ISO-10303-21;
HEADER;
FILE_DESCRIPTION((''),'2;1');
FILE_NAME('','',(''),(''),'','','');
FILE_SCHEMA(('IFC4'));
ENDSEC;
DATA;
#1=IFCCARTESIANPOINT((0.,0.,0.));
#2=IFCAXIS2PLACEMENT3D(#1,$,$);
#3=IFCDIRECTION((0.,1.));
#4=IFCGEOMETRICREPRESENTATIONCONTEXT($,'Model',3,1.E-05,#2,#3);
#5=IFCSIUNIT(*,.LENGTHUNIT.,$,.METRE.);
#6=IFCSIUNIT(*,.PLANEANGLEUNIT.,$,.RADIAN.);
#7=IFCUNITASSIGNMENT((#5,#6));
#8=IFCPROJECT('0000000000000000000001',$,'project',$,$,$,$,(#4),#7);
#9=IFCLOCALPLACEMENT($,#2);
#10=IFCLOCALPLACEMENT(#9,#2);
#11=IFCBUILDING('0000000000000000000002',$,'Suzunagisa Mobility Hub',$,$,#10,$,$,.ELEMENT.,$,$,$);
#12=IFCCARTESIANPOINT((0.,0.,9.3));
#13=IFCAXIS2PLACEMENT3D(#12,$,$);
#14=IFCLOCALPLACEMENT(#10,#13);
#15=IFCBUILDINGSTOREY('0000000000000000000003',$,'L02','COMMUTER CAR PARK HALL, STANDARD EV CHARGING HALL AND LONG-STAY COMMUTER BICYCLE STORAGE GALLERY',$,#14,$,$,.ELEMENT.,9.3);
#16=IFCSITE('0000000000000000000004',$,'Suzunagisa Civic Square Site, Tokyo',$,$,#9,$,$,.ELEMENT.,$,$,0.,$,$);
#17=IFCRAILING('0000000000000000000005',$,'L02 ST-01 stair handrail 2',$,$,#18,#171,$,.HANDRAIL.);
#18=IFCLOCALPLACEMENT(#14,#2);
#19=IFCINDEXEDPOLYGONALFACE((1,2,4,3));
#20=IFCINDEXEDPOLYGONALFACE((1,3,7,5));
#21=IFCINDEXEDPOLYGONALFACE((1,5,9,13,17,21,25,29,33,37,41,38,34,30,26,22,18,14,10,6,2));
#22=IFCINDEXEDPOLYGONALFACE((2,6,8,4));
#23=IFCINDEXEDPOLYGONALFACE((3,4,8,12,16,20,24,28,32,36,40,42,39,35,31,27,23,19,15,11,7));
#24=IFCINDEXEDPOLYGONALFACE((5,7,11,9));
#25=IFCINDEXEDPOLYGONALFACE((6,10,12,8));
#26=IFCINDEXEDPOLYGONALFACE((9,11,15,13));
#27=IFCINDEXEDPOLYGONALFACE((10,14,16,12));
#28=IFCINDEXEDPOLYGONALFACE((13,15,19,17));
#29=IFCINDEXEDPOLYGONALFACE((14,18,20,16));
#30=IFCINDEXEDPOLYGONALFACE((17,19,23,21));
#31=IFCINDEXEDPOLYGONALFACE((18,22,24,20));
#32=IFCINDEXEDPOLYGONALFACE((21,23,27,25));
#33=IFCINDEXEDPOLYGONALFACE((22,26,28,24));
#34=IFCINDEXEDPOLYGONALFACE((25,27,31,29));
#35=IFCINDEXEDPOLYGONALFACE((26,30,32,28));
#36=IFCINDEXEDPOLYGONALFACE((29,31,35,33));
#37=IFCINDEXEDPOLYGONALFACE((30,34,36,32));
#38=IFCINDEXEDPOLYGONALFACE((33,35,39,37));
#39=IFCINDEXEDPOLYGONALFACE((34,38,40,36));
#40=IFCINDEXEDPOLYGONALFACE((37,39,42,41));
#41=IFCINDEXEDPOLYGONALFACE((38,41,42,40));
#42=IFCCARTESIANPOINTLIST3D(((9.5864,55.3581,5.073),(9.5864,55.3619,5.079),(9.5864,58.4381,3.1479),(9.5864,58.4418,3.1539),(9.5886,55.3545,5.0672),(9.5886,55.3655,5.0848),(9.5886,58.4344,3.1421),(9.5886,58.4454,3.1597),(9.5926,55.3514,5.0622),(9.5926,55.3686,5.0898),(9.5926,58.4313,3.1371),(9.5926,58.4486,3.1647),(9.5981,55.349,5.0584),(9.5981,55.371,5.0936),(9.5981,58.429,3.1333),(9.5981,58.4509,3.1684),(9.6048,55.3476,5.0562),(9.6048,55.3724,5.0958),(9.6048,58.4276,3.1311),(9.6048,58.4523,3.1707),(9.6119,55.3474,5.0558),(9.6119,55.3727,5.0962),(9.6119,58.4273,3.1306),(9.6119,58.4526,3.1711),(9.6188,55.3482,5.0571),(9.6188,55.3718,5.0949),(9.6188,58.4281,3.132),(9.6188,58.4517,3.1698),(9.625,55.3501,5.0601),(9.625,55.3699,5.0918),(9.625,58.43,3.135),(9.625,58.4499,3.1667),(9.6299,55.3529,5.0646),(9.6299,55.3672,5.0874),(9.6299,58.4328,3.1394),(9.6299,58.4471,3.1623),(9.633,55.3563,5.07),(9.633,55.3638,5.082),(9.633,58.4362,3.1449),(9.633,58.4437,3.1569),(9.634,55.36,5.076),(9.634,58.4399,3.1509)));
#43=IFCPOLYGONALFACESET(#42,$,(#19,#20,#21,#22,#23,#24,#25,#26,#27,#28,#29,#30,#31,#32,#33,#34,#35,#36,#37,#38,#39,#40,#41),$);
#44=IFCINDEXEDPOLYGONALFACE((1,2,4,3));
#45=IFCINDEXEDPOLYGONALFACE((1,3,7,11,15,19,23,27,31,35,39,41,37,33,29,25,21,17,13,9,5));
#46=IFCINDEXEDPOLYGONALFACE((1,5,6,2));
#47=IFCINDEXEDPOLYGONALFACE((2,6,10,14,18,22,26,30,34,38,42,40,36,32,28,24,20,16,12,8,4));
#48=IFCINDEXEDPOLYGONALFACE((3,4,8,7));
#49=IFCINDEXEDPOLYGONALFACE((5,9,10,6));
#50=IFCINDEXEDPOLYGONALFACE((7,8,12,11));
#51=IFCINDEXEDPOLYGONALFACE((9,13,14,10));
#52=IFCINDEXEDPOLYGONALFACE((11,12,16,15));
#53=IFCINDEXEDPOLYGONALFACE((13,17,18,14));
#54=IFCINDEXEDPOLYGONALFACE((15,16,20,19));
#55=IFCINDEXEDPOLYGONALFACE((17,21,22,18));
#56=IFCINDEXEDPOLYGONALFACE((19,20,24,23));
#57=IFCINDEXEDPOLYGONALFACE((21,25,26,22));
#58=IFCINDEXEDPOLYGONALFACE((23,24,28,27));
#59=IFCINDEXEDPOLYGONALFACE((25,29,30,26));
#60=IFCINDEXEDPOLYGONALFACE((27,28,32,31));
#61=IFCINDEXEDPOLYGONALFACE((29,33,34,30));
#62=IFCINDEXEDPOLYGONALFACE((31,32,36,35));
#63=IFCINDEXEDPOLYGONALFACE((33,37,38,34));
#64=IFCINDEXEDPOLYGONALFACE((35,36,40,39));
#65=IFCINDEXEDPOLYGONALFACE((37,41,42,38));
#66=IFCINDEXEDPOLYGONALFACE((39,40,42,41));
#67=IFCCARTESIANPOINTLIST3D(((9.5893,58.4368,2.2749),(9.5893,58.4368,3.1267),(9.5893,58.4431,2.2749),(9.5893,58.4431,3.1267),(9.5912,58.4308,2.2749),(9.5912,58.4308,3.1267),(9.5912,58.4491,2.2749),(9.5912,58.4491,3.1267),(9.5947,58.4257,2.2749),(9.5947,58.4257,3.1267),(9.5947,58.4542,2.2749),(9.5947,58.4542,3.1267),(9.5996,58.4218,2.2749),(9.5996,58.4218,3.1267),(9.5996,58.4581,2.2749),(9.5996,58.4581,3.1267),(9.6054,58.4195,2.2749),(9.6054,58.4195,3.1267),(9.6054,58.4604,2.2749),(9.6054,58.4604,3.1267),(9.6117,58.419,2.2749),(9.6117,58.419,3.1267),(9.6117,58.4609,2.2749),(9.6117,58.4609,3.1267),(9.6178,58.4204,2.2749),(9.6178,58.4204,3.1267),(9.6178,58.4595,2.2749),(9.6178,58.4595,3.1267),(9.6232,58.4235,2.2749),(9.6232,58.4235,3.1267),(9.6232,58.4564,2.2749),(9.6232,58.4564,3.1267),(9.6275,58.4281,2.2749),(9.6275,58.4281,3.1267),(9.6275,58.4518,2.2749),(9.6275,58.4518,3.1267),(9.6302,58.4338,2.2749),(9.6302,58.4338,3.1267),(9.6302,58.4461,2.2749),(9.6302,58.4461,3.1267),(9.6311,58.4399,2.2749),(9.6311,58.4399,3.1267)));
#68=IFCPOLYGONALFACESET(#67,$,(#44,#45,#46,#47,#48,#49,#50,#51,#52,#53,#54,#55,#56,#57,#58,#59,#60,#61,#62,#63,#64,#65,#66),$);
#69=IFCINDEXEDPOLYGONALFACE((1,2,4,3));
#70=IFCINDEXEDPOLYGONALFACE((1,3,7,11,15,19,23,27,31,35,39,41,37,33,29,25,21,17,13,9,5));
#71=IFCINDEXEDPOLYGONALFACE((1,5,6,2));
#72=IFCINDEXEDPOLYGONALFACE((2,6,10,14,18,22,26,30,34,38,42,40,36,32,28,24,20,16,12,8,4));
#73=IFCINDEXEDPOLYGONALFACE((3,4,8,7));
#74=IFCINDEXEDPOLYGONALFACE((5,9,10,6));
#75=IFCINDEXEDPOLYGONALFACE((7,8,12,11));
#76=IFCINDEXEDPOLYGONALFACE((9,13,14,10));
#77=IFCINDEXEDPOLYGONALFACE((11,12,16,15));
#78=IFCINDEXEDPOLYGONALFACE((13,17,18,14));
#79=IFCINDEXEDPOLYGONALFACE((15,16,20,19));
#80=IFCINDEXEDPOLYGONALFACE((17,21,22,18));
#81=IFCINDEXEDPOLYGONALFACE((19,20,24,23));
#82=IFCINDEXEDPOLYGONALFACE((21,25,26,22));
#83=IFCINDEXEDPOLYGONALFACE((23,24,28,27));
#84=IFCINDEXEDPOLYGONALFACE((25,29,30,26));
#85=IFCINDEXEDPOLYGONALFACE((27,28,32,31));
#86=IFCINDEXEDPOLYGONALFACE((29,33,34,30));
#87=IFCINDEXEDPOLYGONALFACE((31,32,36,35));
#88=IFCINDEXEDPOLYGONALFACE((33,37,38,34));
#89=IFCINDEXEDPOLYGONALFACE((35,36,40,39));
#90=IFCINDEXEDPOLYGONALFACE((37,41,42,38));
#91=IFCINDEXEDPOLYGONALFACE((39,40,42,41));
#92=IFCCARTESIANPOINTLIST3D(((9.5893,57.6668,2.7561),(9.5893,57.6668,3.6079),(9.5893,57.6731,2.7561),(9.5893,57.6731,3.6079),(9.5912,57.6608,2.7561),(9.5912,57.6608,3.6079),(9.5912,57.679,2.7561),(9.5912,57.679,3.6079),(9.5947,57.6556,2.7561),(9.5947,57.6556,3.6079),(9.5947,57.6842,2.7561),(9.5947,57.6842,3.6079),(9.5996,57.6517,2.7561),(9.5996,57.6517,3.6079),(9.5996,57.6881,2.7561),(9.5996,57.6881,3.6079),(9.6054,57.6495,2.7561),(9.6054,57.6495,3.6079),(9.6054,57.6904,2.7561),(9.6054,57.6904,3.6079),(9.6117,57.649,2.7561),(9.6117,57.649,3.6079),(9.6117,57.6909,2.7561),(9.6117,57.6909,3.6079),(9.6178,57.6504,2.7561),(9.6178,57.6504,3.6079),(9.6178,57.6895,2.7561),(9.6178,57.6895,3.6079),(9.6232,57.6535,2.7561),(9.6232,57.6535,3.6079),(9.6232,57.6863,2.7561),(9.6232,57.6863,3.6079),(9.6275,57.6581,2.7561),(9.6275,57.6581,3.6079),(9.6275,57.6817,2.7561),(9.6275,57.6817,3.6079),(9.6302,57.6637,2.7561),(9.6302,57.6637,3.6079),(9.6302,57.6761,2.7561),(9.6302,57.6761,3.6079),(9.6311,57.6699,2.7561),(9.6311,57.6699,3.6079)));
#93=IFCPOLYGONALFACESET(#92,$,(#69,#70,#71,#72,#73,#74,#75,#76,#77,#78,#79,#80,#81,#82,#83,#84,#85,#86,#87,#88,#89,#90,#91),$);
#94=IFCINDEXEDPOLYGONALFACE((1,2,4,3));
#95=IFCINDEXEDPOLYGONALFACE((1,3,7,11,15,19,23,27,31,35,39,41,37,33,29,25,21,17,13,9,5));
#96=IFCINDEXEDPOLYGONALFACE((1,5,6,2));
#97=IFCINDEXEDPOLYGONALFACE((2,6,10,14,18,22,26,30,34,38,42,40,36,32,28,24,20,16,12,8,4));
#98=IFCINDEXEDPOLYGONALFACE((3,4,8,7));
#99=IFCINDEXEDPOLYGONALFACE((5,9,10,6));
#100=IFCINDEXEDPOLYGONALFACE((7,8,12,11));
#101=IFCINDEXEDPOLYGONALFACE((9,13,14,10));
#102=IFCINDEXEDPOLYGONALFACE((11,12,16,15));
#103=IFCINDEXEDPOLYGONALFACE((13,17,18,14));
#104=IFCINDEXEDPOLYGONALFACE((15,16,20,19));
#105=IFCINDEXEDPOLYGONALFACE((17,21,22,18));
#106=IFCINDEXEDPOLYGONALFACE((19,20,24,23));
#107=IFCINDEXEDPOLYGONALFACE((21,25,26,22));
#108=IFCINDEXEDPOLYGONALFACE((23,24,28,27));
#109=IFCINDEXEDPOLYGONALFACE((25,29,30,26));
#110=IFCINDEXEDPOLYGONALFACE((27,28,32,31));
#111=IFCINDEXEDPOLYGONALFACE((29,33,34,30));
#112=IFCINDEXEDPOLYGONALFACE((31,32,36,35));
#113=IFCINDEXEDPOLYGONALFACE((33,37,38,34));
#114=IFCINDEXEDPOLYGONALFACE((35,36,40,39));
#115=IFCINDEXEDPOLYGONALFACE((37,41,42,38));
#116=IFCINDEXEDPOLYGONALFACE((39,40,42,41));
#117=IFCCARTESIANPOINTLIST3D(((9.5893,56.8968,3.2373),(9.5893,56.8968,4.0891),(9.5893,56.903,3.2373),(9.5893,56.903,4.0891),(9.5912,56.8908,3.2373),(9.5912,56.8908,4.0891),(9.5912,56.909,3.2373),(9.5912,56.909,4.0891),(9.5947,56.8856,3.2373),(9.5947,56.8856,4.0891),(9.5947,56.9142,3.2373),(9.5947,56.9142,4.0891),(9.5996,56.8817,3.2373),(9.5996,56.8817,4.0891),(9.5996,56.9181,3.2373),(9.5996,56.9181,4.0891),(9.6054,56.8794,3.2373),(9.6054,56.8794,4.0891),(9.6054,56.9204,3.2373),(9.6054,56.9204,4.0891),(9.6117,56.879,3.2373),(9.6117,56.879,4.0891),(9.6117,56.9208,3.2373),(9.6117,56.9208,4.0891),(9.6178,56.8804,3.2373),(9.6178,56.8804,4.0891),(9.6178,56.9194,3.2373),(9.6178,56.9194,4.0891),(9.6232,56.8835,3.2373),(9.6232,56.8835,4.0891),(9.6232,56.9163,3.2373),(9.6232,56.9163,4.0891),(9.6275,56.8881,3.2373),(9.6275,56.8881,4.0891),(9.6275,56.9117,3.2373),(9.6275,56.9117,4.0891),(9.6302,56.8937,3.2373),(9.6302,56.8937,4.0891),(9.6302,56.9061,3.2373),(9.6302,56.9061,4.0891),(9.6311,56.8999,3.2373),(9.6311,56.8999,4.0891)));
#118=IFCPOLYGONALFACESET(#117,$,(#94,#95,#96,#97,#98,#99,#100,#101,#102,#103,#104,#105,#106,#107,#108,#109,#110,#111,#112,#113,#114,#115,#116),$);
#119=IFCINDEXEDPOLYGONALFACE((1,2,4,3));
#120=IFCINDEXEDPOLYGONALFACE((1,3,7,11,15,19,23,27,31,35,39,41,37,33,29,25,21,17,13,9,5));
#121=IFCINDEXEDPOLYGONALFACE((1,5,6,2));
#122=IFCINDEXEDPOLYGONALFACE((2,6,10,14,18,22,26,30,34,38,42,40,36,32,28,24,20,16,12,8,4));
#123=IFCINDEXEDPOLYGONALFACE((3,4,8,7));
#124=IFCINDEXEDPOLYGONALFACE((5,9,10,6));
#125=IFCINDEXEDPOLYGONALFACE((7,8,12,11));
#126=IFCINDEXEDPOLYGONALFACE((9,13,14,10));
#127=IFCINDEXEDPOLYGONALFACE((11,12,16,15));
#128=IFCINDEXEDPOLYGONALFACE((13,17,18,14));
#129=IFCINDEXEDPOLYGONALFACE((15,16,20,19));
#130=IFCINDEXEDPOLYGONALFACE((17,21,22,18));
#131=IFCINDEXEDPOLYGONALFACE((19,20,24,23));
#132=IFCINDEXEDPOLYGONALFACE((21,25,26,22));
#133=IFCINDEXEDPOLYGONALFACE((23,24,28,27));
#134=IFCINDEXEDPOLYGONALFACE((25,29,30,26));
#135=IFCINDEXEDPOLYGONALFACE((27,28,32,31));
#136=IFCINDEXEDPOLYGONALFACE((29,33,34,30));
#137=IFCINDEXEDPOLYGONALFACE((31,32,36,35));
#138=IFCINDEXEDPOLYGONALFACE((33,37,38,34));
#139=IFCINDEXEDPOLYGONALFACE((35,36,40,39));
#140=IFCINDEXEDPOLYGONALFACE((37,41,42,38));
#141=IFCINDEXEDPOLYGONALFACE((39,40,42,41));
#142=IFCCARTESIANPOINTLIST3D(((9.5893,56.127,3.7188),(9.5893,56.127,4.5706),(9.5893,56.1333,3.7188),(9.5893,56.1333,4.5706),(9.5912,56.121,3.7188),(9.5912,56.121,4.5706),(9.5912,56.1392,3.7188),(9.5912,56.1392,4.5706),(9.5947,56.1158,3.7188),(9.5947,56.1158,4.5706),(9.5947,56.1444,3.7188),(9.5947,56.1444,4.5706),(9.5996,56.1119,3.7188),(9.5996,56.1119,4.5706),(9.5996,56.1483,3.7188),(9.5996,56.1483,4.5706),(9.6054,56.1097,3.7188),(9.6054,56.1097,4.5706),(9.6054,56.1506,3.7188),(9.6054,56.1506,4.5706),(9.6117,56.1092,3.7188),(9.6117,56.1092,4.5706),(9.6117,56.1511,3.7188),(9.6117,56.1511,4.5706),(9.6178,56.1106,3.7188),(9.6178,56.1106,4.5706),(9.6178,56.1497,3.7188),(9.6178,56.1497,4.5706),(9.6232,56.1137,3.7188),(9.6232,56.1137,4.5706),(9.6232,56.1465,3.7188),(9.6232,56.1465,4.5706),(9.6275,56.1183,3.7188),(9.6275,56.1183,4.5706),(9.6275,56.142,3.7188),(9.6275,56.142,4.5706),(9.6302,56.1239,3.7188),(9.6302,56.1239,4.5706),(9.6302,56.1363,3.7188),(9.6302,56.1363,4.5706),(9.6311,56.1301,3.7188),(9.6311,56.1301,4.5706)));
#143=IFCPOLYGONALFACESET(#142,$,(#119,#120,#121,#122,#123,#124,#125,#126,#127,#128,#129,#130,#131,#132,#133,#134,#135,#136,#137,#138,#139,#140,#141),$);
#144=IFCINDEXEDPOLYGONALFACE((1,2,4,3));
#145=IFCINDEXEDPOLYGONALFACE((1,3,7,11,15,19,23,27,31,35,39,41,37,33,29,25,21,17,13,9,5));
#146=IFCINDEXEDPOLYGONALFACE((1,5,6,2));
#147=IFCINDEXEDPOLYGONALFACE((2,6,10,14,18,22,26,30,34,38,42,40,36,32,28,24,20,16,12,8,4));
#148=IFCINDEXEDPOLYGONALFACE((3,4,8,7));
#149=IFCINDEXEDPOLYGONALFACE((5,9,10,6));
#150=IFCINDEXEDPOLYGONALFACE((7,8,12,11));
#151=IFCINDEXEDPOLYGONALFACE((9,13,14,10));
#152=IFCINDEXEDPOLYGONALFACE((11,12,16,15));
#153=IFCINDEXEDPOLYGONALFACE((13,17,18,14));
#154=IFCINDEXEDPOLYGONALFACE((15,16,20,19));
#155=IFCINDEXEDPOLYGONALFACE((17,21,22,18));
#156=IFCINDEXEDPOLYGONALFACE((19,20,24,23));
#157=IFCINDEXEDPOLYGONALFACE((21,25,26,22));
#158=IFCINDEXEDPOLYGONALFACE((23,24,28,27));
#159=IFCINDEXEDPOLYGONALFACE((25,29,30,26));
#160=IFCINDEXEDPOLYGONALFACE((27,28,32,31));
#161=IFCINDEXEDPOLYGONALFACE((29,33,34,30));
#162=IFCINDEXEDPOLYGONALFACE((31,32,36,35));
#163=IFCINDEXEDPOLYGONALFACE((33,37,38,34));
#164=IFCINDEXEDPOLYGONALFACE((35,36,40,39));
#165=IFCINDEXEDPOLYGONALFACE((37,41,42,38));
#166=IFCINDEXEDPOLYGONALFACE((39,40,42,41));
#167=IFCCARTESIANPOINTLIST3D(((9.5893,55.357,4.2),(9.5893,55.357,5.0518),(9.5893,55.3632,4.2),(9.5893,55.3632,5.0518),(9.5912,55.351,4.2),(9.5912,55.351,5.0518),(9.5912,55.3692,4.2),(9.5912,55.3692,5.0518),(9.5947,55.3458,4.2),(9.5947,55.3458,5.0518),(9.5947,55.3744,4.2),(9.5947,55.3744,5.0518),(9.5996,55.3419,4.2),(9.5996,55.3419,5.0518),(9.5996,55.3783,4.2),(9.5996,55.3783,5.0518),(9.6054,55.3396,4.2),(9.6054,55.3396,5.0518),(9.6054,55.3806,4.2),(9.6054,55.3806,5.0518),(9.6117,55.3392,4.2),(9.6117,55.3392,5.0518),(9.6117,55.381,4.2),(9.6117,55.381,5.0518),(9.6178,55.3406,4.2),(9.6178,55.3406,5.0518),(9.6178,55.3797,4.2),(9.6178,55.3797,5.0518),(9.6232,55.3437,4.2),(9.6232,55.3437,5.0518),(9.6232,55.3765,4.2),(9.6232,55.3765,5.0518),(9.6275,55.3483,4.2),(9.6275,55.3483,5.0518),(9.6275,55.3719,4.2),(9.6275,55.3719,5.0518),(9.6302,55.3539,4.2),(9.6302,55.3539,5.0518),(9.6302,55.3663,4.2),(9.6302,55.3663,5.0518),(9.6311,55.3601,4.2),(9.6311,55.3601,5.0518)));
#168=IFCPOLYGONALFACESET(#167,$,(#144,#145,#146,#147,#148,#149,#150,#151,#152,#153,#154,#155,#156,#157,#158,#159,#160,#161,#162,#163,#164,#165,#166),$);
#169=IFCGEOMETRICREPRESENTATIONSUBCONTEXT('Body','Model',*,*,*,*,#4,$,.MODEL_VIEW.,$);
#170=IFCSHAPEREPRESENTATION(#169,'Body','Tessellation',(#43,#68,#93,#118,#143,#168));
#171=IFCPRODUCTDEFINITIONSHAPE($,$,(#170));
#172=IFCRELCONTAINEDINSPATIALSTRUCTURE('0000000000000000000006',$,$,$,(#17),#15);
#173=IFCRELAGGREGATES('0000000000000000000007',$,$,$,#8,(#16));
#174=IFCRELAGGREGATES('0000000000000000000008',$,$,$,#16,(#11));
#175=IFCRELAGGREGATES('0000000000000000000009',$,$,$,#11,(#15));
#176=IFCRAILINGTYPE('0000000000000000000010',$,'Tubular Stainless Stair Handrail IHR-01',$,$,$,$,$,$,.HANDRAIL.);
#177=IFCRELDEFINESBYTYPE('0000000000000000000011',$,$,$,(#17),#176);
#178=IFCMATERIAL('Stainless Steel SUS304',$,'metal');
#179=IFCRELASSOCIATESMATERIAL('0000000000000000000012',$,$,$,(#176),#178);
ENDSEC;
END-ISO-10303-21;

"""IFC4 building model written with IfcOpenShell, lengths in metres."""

from ifc_helpers import new_model, si_unit, direction, frame, origin, origin_2d, place, context, subcontext, project, spatial, circle, extrude, material, type_object, element, save


model = new_model("IFC4")

# Units and contexts
model_context = context("Model", 3, precision=1e-05, world=origin(), true_north=direction((0.0, 1.0)))
body_context = subcontext(model_context, "Body", "Model", "MODEL_VIEW")
ifc_project = project(units=[si_unit("LENGTHUNIT", "METRE"), si_unit("PLANEANGLEUNIT", "RADIAN")], contexts=[model_context])

# Site, building, storey
site_placement = place(None, origin())
site = spatial("IfcSite", under=ifc_project, at=site_placement, Name="Suzunagisa Civic Square Site, Tokyo", CompositionType="ELEMENT", RefElevation=0.0)
building_placement = place(site_placement, origin())
building = spatial("IfcBuilding", under=site, at=building_placement, Name="Suzunagisa Mobility Hub", CompositionType="ELEMENT")
storey_placement = place(building_placement, frame((0.0, 0.0, 9.3)))
storey = spatial("IfcBuildingStorey", under=building, at=storey_placement, Name="L02", Description="COMMUTER CAR PARK HALL, STANDARD EV CHARGING HALL AND LONG-STAY COMMUTER BICYCLE STORAGE GALLERY", CompositionType="ELEMENT", Elevation=9.3)

# Railing
ifc_material_1 = material(Name="Stainless Steel SUS304", Category="metal")
railing_type = type_object("IfcRailingType", Name="Tubular Stainless Stair Handrail IHR-01", PredefinedType="HANDRAIL", material=ifc_material_1)
railing_placement = place(storey_placement, frame((9.6101, 58.4399, 2.2749)))
element("IfcRailing", 1, at=railing_placement, inside=storey, type_object=railing_type, Name="L02 ST-01 stair handrail 2", PredefinedType="HANDRAIL", context=body_context, shape_type="SweptSolid", body=[
    extrude(circle(Radius=0.0239, at=origin_2d()), frame((0.0, 0.0, 0.876), z_axis=(0.0, -0.847979, 0.530029), x_axis=(1.0, 0.0, 0.0)), (0.0, 0.0, 1.0), 3.6321),
    extrude(circle(Radius=0.021, at=origin_2d()), origin(), (0.0, 0.0, 1.0), 0.8518),
    extrude(circle(Radius=0.021, at=origin_2d()), frame((0.0, -0.77, 0.4812)), (0.0, 0.0, 1.0), 0.8518),
    extrude(circle(Radius=0.021, at=origin_2d()), frame((0.0, -1.54, 0.9624)), (0.0, 0.0, 1.0), 0.8518),
    extrude(circle(Radius=0.021, at=origin_2d()), frame((0.0, -2.3098, 1.4438)), (0.0, 0.0, 1.0), 0.8518),
    extrude(circle(Radius=0.021, at=origin_2d()), frame((0.0, -3.0798, 1.925)), (0.0, 0.0, 1.0), 0.8518),
])

save(model, "model.ifc")
